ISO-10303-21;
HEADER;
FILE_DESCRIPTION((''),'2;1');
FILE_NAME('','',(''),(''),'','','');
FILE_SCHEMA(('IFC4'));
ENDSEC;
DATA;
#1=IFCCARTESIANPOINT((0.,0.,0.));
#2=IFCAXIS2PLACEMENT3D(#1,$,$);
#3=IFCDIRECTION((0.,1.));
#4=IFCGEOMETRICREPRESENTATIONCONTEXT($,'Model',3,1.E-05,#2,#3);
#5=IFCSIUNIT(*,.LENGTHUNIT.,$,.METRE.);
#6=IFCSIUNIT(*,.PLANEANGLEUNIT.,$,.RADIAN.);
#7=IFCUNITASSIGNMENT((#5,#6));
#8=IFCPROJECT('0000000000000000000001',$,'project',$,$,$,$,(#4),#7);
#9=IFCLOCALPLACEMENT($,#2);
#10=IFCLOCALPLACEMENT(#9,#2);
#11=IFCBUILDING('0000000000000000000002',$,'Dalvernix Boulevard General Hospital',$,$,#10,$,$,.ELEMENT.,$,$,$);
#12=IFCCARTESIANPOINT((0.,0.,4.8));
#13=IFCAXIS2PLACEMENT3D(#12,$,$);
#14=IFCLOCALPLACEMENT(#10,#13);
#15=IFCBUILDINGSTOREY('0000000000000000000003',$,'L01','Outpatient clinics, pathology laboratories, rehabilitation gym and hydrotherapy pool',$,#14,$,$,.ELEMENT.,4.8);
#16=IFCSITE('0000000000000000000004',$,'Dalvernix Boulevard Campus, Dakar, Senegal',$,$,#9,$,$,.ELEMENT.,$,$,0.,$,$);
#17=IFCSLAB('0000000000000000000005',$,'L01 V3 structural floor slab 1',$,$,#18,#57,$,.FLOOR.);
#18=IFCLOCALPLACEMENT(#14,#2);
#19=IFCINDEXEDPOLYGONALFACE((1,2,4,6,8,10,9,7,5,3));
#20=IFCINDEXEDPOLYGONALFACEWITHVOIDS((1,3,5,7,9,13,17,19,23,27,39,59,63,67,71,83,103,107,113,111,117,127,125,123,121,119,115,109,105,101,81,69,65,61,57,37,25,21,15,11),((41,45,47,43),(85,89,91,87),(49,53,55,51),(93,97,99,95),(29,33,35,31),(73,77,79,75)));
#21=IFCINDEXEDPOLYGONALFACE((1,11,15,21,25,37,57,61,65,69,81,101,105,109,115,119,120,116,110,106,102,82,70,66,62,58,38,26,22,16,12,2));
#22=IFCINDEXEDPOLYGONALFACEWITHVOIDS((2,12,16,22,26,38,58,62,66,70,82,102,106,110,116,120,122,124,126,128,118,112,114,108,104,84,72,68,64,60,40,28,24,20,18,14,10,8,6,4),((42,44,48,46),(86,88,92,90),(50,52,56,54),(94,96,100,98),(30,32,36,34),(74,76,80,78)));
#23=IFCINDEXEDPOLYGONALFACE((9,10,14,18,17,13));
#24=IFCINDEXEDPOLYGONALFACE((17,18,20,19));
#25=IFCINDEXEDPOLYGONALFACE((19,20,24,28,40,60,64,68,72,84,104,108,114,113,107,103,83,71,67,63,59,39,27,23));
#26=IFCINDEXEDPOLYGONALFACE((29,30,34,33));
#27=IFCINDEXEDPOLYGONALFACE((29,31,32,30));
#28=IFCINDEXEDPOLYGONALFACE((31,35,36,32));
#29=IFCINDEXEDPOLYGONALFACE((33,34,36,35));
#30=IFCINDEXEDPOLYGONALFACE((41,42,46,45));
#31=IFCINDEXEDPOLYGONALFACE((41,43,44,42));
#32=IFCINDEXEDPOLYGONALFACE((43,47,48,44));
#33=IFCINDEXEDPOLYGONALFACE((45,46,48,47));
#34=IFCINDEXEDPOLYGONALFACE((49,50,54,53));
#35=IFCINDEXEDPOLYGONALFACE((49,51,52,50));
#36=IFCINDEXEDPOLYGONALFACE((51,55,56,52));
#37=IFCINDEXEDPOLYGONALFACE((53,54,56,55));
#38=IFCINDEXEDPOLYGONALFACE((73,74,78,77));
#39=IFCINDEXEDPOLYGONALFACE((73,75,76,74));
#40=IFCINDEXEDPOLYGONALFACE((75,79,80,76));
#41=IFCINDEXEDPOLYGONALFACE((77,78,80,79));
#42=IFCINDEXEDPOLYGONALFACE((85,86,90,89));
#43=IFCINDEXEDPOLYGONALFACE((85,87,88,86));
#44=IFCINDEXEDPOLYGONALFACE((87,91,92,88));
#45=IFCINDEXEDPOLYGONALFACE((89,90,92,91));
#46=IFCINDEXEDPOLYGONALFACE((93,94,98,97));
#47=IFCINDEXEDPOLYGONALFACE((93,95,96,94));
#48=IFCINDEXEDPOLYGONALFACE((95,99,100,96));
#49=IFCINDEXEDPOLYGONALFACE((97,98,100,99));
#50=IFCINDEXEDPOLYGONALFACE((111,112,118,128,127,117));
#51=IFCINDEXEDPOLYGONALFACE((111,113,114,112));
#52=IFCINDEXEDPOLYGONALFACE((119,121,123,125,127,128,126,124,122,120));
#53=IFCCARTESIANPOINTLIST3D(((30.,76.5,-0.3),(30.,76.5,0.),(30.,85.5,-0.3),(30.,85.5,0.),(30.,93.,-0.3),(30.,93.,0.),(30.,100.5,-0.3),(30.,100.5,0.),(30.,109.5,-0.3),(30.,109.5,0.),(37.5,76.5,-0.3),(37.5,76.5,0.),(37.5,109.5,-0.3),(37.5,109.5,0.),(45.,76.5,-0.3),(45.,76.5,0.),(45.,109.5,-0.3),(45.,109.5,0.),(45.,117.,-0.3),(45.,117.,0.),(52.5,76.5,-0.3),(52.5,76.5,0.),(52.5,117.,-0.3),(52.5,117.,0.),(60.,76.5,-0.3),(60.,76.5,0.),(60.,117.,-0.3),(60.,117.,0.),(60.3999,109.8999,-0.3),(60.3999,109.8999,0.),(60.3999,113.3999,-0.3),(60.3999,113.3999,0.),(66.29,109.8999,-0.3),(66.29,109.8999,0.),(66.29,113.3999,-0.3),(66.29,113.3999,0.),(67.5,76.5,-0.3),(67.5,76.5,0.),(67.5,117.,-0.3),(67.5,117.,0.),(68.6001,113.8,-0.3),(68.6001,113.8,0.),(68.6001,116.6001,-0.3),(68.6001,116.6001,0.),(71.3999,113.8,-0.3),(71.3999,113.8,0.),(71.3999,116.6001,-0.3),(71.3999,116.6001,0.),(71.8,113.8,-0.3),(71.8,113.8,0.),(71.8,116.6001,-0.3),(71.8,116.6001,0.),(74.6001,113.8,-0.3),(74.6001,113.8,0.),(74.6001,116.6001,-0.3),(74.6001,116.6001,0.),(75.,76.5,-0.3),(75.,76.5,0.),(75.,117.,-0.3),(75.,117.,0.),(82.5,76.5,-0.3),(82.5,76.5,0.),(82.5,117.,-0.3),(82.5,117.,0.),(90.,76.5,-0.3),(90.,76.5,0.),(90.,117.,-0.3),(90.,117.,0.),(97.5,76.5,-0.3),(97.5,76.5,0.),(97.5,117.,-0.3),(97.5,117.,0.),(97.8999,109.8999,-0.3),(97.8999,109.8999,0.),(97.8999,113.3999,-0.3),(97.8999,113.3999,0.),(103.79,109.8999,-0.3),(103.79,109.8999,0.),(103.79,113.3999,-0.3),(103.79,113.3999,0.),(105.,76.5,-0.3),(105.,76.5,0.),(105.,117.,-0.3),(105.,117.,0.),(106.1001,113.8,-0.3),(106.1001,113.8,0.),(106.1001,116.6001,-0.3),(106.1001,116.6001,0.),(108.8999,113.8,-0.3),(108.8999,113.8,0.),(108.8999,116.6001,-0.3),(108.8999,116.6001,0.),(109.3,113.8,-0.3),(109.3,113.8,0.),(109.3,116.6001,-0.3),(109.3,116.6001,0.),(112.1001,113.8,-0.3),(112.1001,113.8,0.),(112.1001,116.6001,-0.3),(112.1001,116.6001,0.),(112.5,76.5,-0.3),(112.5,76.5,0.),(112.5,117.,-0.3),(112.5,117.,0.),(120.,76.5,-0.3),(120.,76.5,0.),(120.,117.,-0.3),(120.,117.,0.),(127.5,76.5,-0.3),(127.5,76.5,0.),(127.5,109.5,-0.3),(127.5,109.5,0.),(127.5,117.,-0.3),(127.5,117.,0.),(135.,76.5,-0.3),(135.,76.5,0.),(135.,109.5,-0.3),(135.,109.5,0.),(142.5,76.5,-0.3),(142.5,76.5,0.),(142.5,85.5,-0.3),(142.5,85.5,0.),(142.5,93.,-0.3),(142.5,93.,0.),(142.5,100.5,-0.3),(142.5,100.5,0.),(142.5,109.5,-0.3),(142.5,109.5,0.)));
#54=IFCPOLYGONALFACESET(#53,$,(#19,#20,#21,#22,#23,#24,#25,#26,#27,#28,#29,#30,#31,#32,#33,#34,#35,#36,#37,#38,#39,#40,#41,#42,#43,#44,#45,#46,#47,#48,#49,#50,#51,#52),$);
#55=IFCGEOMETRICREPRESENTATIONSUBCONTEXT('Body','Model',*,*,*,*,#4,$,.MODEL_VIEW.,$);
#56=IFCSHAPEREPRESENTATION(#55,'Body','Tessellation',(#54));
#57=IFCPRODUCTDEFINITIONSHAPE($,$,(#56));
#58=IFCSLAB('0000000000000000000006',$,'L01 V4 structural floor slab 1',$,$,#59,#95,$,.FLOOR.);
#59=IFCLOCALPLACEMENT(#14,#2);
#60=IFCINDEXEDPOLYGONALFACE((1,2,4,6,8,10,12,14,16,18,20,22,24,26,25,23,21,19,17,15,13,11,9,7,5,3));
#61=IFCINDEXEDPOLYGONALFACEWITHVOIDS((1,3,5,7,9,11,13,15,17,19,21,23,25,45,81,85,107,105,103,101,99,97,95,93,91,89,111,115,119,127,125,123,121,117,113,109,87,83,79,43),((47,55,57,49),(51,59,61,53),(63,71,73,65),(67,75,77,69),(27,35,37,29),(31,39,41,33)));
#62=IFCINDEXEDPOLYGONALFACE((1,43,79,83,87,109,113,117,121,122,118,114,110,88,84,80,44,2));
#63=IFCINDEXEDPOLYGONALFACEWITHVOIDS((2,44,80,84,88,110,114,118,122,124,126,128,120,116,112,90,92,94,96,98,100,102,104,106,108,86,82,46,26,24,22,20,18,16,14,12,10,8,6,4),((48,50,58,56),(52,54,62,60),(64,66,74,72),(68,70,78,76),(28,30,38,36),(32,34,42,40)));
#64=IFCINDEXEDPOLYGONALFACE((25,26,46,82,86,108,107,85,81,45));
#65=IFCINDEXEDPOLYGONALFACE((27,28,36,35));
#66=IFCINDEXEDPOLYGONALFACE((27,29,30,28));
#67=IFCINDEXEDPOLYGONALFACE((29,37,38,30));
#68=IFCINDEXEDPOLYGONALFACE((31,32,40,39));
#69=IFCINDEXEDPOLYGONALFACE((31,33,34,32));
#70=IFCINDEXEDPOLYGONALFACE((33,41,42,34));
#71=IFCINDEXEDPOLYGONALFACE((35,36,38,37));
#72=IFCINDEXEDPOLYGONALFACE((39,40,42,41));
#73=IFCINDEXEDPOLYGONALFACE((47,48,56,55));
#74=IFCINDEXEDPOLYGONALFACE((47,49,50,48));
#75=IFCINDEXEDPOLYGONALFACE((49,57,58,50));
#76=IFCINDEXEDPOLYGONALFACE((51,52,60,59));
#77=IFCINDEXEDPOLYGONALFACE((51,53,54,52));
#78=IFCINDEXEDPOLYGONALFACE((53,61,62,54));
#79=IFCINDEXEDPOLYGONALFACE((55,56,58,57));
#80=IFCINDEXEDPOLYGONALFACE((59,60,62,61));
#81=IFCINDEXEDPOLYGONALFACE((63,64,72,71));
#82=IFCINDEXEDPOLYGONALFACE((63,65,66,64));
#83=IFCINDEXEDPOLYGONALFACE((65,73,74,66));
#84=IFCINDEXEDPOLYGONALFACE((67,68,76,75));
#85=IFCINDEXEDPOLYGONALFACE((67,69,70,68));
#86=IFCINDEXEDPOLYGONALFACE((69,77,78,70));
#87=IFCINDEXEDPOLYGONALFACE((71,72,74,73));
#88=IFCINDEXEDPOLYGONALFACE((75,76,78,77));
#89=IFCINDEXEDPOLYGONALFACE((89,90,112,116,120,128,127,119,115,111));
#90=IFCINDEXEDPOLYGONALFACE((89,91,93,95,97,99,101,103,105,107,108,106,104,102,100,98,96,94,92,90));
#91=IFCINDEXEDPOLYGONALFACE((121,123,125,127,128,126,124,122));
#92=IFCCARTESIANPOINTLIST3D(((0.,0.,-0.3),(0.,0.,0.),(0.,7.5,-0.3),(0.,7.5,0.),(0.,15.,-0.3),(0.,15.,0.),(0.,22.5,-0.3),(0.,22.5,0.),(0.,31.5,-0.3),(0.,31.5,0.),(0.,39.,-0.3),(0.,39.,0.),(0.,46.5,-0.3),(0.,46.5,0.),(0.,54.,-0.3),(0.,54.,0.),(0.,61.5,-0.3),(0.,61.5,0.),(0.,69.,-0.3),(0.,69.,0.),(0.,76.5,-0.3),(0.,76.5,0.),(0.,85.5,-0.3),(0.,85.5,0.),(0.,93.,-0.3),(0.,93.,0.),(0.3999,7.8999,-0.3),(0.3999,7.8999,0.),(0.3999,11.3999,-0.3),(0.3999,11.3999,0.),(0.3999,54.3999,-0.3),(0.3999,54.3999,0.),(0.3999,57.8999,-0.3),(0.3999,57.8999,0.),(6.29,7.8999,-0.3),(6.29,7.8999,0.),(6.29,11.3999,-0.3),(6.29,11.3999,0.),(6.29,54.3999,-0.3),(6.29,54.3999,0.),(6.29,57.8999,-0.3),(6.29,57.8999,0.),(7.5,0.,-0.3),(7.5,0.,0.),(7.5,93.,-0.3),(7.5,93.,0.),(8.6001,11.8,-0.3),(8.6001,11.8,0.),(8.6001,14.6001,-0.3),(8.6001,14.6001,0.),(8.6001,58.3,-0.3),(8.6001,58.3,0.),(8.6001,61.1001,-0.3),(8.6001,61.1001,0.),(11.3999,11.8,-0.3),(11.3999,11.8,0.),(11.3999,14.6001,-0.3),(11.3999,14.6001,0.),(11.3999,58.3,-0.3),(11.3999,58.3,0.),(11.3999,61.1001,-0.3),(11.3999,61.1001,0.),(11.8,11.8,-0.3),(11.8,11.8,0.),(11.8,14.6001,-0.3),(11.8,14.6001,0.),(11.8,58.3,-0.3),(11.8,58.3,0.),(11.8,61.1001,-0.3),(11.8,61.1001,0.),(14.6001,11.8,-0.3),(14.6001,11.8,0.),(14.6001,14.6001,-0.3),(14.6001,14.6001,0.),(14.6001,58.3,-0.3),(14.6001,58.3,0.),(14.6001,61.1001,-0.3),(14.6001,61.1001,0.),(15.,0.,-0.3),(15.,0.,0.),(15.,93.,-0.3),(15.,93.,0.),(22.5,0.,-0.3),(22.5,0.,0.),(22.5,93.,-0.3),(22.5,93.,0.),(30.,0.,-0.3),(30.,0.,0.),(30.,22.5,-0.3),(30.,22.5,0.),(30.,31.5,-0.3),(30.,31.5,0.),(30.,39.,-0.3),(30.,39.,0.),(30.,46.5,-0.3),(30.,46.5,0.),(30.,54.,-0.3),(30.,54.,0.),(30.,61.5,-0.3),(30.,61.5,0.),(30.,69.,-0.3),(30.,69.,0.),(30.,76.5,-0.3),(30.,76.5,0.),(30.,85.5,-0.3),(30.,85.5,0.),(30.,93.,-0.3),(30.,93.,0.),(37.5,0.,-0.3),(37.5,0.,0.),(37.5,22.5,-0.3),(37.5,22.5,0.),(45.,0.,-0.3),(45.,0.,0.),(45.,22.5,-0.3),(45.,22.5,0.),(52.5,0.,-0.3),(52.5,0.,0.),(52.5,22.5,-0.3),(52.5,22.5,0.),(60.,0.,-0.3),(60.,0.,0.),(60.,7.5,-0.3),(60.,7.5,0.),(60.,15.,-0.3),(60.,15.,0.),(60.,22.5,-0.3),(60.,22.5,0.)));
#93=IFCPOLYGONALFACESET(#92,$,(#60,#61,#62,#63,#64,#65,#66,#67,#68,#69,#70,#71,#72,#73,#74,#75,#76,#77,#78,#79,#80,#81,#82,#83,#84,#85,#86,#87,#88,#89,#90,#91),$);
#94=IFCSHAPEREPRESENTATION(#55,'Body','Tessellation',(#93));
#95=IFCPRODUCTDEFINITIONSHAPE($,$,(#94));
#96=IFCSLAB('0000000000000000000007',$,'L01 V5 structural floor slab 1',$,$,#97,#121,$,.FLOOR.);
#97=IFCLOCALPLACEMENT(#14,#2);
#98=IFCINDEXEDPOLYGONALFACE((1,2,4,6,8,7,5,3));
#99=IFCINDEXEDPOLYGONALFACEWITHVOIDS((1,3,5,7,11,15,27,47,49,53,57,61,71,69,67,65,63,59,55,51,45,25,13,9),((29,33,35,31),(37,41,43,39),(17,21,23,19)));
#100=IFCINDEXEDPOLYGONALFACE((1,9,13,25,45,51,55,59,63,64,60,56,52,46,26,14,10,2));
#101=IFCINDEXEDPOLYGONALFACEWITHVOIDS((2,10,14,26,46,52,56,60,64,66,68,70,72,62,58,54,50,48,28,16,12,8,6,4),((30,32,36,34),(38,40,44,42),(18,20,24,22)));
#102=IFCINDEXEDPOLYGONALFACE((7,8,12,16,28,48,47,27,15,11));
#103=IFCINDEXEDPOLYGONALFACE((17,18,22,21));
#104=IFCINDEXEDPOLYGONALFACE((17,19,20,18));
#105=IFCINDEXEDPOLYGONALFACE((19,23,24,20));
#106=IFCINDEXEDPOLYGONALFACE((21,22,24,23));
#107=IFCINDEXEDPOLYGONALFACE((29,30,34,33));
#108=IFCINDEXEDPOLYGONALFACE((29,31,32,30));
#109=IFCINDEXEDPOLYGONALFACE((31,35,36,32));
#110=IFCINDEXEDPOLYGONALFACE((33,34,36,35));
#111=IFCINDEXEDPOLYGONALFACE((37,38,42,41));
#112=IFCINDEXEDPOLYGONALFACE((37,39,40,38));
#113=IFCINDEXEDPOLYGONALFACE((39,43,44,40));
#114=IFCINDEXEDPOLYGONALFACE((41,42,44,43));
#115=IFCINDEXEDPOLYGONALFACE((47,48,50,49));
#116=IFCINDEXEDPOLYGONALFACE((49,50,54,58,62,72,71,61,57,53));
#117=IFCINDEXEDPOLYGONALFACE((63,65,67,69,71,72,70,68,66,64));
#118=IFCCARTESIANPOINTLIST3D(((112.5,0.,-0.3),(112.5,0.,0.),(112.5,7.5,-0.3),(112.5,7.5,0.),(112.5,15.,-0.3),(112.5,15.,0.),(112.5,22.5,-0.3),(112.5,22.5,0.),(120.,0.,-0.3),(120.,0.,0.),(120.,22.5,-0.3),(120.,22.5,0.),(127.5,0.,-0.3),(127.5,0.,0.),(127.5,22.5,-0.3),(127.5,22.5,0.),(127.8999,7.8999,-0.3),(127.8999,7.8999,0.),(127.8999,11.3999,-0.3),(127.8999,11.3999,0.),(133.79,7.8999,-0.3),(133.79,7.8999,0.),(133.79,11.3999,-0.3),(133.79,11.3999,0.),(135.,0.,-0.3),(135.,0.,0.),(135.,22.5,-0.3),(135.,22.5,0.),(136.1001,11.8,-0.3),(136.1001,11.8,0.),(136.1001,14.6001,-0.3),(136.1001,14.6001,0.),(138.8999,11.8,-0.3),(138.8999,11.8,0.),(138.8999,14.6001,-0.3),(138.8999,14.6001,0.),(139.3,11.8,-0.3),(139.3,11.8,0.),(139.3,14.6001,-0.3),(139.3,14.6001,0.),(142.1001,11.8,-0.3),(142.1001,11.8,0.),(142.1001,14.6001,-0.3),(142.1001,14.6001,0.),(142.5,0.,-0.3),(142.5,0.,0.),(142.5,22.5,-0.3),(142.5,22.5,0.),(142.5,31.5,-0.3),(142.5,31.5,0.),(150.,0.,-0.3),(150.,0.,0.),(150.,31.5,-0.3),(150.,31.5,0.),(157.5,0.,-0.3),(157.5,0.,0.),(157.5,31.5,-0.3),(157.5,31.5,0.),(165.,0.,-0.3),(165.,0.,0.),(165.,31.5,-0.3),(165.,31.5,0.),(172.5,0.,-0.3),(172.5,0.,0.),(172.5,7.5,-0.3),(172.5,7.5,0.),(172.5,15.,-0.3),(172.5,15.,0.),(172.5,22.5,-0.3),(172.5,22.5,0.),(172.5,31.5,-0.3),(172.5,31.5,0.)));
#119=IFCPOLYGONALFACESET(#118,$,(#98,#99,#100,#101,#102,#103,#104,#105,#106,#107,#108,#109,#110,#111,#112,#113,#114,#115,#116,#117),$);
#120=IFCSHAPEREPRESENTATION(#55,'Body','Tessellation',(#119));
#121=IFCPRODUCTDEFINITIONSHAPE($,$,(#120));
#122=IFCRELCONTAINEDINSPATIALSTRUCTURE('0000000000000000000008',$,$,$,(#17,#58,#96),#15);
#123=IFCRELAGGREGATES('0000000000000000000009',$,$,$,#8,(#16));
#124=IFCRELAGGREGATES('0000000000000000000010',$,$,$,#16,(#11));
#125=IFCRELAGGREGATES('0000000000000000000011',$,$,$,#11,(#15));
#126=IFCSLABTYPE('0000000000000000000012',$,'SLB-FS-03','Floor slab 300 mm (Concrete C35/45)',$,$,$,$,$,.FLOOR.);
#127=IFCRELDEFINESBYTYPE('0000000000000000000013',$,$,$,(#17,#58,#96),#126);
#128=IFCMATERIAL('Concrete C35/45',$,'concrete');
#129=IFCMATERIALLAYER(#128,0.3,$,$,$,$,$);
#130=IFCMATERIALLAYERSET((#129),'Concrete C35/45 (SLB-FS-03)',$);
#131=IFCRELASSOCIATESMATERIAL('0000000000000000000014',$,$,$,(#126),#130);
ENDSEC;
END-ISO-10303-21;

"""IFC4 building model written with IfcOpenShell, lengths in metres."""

from ifc_helpers import new_model, si_unit, direction, frame, origin, place, context, subcontext, project, spatial, polyline, outline, extrude, material, layer, layer_set, type_object, element, save


model = new_model("IFC4")

# Units and contexts
model_context = context("Model", 3, precision=1e-05, world=origin(), true_north=direction((0.0, 1.0)))
body_context = subcontext(model_context, "Body", "Model", "MODEL_VIEW")
ifc_project = project(units=[si_unit("LENGTHUNIT", "METRE"), si_unit("PLANEANGLEUNIT", "RADIAN")], contexts=[model_context])

# Site, building, storey
site_placement = place(None, origin())
site = spatial("IfcSite", under=ifc_project, at=site_placement, Name="Dalvernix Boulevard Campus, Dakar, Senegal", CompositionType="ELEMENT", RefElevation=0.0)
building_placement = place(site_placement, origin())
building = spatial("IfcBuilding", under=site, at=building_placement, Name="Dalvernix Boulevard General Hospital", CompositionType="ELEMENT")
storey_placement = place(building_placement, frame((0.0, 0.0, 4.8)))
storey = spatial("IfcBuildingStorey", under=building, at=storey_placement, Name="L01", Description="Outpatient clinics, pathology laboratories, rehabilitation gym and hydrotherapy pool", CompositionType="ELEMENT", Elevation=4.8)

# Shared definitions
ifc_material_1 = material(Name="Concrete C35/45", Category="concrete")

# Slabs
ifc_layer_1 = layer(ifc_material_1, 0.3)
ifc_layer_set_1 = layer_set([ifc_layer_1], Name="Concrete C35/45 (SLB-FS-03)")
slab_type_1 = type_object("IfcSlabType", Name="SLB-FS-03", Description="Floor slab 300 mm (Concrete C35/45)", PredefinedType="FLOOR", material=ifc_layer_set_1)
slab_1_placement = place(storey_placement, frame((0.0, 0.0, -0.3)))
element("IfcSlab", 1, at=slab_1_placement, inside=storey, type_object=slab_type_1, Name="L01 V3 structural floor slab 1", PredefinedType="FLOOR", context=body_context, shape_type="SweptSolid", body=[
    extrude(outline(polyline([(30.0, 93.0), (30.0, 100.5), (30.0, 109.5), (37.5, 109.5), (45.0, 109.5), (45.0, 117.0), (52.5, 117.0), (60.0, 117.0), (67.5, 117.0), (75.0, 117.0), (82.5, 117.0), (90.0, 117.0), (97.5, 117.0), (105.0, 117.0), (112.5, 117.0), (120.0, 117.0), (127.5, 117.0), (127.5, 109.5), (135.0, 109.5), (142.5, 109.5), (142.5, 100.5), (142.5, 93.0), (142.5, 85.5), (142.5, 76.5), (135.0, 76.5), (127.5, 76.5), (120.0, 76.5), (112.5, 76.5), (105.0, 76.5), (97.5, 76.5), (90.0, 76.5), (82.5, 76.5), (75.0, 76.5), (67.5, 76.5), (60.0, 76.5), (52.5, 76.5), (45.0, 76.5), (37.5, 76.5), (30.0, 76.5), (30.0, 85.5), (30.0, 93.0)]), holes=[polyline([(60.3999, 113.3999), (60.3999, 109.8999), (66.29, 109.8999), (66.29, 113.3999), (60.3999, 113.3999)]), polyline([(71.3999, 116.6001), (68.6001, 116.6001), (68.6001, 113.8), (71.3999, 113.8), (71.3999, 116.6001)]), polyline([(74.6001, 113.8), (74.6001, 116.6001), (71.8, 116.6001), (71.8, 113.8), (74.6001, 113.8)]), polyline([(97.8999, 109.8999), (103.79, 109.8999), (103.79, 113.3999), (97.8999, 113.3999), (97.8999, 109.8999)]), polyline([(106.1001, 116.6001), (106.1001, 113.8), (108.8999, 113.8), (108.8999, 116.6001), (106.1001, 116.6001)]), polyline([(112.1001, 116.6001), (109.3, 116.6001), (109.3, 113.8), (112.1001, 113.8), (112.1001, 116.6001)])]), origin(), (0.0, 0.0, 1.0), 0.3),
])
slab_2_placement = place(storey_placement, frame((0.0, 0.0, -0.3)))
element("IfcSlab", 2, at=slab_2_placement, inside=storey, type_object=slab_type_1, Name="L01 V4 structural floor slab 1", PredefinedType="FLOOR", context=body_context, shape_type="SweptSolid", body=[
    extrude(outline(polyline([(0.0, 69.0), (0.0, 76.5), (0.0, 85.5), (0.0, 93.0), (7.5, 93.0), (15.0, 93.0), (22.5, 93.0), (30.0, 93.0), (30.0, 85.5), (30.0, 76.5), (30.0, 69.0), (30.0, 61.5), (30.0, 54.0), (30.0, 46.5), (30.0, 39.0), (30.0, 31.5), (30.0, 22.5), (37.5, 22.5), (45.0, 22.5), (52.5, 22.5), (60.0, 22.5), (60.0, 15.0), (60.0, 7.5), (60.0, 0.0), (52.5, 0.0), (45.0, 0.0), (37.5, 0.0), (30.0, 0.0), (22.5, 0.0), (15.0, 0.0), (7.5, 0.0), (0.0, 0.0), (0.0, 7.5), (0.0, 15.0), (0.0, 22.5), (0.0, 31.5), (0.0, 39.0), (0.0, 46.5), (0.0, 54.0), (0.0, 61.5), (0.0, 69.0)]), holes=[polyline([(0.3999, 11.3999), (0.3999, 7.8999), (6.29, 7.8999), (6.29, 11.3999), (0.3999, 11.3999)]), polyline([(11.3999, 14.6001), (8.6001, 14.6001), (8.6001, 11.8), (11.3999, 11.8), (11.3999, 14.6001)]), polyline([(14.6001, 11.8), (14.6001, 14.6001), (11.8, 14.6001), (11.8, 11.8), (14.6001, 11.8)]), polyline([(0.3999, 54.3999), (6.29, 54.3999), (6.29, 57.8999), (0.3999, 57.8999), (0.3999, 54.3999)]), polyline([(8.6001, 61.1001), (8.6001, 58.3), (11.3999, 58.3), (11.3999, 61.1001), (8.6001, 61.1001)]), polyline([(14.6001, 61.1001), (11.8, 61.1001), (11.8, 58.3), (14.6001, 58.3), (14.6001, 61.1001)])]), origin(), (0.0, 0.0, 1.0), 0.3),
])
slab_3_placement = place(storey_placement, frame((0.0, 0.0, -0.3)))
element("IfcSlab", 3, at=slab_3_placement, inside=storey, type_object=slab_type_1, Name="L01 V5 structural floor slab 1", PredefinedType="FLOOR", context=body_context, shape_type="SweptSolid", body=[
    extrude(outline(polyline([(135.0, 22.5), (142.5, 22.5), (142.5, 31.5), (150.0, 31.5), (157.5, 31.5), (165.0, 31.5), (172.5, 31.5), (172.5, 22.5), (172.5, 15.0), (172.5, 7.5), (172.5, 0.0), (165.0, 0.0), (157.5, 0.0), (150.0, 0.0), (142.5, 0.0), (135.0, 0.0), (127.5, 0.0), (120.0, 0.0), (112.5, 0.0), (112.5, 7.5), (112.5, 15.0), (112.5, 22.5), (120.0, 22.5), (127.5, 22.5), (135.0, 22.5)]), holes=[polyline([(127.8999, 7.8999), (133.79, 7.8999), (133.79, 11.3999), (127.8999, 11.3999), (127.8999, 7.8999)]), polyline([(136.1001, 14.6001), (136.1001, 11.8), (138.8999, 11.8), (138.8999, 14.6001), (136.1001, 14.6001)]), polyline([(142.1001, 14.6001), (139.3, 14.6001), (139.3, 11.8), (142.1001, 11.8), (142.1001, 14.6001)])]), origin(), (0.0, 0.0, 1.0), 0.3),
])

save(model, "model.ifc")
